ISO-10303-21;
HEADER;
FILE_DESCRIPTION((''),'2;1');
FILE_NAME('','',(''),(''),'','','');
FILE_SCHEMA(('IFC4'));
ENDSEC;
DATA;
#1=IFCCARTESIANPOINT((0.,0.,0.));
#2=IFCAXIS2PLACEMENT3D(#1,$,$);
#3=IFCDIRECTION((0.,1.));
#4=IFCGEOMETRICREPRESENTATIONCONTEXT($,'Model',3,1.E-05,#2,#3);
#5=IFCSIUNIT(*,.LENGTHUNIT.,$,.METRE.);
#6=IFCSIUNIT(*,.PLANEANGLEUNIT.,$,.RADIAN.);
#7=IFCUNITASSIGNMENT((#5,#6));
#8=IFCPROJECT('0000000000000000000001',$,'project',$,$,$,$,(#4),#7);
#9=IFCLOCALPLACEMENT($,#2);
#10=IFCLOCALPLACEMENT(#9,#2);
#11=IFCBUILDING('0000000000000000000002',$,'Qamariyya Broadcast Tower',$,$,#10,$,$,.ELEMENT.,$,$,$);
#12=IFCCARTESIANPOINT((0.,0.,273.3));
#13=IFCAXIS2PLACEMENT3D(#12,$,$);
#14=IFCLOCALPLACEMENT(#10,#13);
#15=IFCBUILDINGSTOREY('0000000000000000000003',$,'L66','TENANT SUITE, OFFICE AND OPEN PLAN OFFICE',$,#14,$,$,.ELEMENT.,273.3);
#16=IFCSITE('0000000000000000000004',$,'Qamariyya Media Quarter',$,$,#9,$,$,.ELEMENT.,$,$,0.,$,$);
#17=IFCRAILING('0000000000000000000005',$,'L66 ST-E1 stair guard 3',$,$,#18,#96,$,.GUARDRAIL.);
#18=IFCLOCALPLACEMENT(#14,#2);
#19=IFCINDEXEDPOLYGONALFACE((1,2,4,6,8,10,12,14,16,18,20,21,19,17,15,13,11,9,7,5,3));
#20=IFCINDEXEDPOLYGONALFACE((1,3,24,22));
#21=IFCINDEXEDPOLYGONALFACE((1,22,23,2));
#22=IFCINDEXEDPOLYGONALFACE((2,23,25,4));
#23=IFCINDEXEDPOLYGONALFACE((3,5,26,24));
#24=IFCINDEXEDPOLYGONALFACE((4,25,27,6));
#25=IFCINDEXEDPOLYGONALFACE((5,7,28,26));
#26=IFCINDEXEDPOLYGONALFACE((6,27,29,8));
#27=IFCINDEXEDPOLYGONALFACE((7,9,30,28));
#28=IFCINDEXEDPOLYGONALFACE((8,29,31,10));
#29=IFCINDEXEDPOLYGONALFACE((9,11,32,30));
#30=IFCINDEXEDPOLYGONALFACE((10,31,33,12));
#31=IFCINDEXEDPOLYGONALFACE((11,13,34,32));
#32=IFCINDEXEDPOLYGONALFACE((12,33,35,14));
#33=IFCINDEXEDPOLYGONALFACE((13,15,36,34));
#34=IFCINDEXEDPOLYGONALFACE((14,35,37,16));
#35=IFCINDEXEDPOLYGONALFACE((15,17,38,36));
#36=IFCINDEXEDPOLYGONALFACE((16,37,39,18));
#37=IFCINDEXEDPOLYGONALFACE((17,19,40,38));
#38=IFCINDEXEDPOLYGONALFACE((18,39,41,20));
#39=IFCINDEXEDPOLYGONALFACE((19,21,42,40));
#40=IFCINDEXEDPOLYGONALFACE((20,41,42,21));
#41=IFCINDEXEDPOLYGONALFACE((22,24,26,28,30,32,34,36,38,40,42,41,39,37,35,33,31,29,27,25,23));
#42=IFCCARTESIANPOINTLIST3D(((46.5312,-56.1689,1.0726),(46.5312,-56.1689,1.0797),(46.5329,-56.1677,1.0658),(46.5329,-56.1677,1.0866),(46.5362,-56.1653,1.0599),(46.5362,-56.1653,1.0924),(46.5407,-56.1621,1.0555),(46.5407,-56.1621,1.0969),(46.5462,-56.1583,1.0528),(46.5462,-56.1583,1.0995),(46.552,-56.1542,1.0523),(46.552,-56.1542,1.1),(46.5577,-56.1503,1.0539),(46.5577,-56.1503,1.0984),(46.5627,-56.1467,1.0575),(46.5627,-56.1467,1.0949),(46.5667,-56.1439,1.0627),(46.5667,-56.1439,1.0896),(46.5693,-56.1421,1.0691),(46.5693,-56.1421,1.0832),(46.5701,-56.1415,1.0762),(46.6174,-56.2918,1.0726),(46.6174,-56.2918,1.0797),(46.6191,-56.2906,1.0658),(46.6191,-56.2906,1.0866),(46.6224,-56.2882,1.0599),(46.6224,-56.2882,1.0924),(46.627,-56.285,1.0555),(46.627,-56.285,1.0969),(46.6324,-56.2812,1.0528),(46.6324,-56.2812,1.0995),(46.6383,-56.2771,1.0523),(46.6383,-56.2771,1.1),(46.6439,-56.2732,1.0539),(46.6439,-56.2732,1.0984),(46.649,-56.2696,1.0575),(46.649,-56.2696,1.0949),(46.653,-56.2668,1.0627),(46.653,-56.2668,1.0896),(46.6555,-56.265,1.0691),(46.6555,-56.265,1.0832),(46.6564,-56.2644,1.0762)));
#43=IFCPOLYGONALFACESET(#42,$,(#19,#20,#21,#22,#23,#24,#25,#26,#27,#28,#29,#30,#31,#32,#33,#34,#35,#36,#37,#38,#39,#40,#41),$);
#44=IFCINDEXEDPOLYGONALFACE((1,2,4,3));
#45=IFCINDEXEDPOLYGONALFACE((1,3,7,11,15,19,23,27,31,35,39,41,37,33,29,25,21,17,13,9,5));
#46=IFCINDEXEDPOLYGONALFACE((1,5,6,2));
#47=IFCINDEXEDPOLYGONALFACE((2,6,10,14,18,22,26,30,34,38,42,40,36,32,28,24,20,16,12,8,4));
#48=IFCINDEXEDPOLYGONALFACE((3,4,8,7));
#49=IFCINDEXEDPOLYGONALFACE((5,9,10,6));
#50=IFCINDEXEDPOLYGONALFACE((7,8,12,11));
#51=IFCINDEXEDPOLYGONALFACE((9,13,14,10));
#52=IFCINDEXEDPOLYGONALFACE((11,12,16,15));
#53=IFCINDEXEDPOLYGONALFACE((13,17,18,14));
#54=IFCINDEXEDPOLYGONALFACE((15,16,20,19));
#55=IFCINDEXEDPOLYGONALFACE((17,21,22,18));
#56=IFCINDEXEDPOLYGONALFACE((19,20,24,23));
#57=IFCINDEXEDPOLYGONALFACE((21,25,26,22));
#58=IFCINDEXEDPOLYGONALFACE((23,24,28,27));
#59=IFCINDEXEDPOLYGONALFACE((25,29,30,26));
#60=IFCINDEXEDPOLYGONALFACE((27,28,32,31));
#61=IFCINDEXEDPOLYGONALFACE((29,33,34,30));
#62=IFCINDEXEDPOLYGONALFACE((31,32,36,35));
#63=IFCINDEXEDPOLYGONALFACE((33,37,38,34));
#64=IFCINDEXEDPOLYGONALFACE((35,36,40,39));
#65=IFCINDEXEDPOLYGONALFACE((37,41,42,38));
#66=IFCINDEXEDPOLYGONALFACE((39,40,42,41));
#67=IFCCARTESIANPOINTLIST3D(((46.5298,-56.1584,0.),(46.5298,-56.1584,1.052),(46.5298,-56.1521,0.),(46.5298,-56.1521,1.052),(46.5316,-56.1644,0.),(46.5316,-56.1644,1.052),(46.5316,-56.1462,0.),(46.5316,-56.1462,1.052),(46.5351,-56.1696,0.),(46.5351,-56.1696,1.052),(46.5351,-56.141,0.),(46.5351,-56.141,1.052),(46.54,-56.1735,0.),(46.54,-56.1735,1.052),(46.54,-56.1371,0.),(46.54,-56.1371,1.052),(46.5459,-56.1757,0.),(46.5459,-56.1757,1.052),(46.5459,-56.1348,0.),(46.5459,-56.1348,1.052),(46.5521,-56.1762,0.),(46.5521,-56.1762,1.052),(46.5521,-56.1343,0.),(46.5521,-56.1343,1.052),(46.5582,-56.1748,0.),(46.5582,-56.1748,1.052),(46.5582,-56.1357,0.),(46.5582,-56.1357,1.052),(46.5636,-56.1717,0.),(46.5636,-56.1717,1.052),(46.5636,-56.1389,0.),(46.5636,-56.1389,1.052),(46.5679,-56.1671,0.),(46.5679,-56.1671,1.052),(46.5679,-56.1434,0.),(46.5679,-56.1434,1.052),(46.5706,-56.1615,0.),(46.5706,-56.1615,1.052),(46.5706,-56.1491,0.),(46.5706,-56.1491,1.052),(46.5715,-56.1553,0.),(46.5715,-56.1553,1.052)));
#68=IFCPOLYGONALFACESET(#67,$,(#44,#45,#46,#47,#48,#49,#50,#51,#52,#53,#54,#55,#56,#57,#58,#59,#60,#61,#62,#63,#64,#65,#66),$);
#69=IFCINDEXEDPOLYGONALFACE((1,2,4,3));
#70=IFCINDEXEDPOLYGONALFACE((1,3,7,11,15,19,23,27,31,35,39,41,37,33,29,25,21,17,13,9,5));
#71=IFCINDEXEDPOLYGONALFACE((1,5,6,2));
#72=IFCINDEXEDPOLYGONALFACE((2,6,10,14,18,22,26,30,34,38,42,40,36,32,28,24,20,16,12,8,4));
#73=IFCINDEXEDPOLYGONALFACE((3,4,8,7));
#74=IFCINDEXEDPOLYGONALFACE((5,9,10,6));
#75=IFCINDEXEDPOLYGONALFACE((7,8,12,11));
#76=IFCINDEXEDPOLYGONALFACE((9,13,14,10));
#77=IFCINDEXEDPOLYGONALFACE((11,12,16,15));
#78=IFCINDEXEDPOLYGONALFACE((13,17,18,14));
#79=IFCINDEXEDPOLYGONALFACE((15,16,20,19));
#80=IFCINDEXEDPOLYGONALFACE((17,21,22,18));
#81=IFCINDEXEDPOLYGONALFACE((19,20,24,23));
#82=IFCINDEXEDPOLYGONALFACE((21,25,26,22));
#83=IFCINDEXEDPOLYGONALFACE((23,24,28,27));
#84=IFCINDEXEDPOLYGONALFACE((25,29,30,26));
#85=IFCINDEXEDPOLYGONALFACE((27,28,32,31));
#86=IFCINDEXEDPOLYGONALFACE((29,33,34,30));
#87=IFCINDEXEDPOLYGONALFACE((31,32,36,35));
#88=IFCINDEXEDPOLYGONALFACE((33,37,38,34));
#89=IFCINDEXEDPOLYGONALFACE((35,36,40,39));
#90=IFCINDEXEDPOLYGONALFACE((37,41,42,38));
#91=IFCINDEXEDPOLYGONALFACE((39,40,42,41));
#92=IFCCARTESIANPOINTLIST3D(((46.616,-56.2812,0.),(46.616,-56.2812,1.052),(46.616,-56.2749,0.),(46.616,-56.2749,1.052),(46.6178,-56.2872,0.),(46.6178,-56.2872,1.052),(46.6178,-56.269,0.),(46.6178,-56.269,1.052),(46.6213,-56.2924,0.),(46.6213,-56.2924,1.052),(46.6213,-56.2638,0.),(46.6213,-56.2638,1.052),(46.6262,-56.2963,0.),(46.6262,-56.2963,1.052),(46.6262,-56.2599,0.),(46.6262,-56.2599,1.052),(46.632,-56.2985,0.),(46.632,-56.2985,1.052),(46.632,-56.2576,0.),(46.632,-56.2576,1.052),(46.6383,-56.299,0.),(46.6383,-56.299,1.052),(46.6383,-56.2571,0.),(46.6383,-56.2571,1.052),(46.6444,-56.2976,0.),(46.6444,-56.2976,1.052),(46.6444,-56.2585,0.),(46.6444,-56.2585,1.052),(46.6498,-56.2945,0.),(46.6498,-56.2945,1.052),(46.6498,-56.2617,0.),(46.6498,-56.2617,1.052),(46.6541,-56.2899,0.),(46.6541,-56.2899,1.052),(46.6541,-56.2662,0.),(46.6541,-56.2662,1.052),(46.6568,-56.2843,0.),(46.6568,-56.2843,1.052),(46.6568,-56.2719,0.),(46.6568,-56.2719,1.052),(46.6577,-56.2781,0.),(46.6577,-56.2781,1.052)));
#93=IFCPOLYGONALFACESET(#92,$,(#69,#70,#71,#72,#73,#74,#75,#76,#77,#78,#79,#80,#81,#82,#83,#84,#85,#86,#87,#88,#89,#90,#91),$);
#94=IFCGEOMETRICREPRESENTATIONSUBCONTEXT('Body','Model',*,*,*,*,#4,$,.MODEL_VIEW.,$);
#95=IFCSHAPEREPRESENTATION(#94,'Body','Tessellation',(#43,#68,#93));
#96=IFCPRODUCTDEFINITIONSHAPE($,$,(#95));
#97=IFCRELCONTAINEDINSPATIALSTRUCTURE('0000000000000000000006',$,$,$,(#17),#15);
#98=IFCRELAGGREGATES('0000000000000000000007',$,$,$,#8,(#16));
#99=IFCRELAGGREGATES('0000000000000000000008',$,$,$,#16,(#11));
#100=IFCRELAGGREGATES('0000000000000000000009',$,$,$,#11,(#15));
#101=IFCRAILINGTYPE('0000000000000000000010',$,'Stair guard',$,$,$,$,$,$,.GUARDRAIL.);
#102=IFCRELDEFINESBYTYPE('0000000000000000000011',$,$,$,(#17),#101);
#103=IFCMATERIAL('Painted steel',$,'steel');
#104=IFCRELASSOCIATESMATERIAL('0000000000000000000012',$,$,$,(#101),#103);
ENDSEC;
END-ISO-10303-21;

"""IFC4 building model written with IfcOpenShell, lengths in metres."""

from ifc_helpers import new_model, si_unit, direction, frame, origin, origin_2d, place, context, subcontext, project, spatial, circle, extrude, material, type_object, element, save


model = new_model("IFC4")

# Units and contexts
model_context = context("Model", 3, precision=1e-05, world=origin(), true_north=direction((0.0, 1.0)))
body_context = subcontext(model_context, "Body", "Model", "MODEL_VIEW")
ifc_project = project(units=[si_unit("LENGTHUNIT", "METRE"), si_unit("PLANEANGLEUNIT", "RADIAN")], contexts=[model_context])

# Site, building, storey
site_placement = place(None, origin())
site = spatial("IfcSite", under=ifc_project, at=site_placement, Name="Qamariyya Media Quarter", CompositionType="ELEMENT", RefElevation=0.0)
building_placement = place(site_placement, origin())
building = spatial("IfcBuilding", under=site, at=building_placement, Name="Qamariyya Broadcast Tower", CompositionType="ELEMENT")
storey_placement = place(building_placement, frame((0.0, 0.0, 273.3)))
storey = spatial("IfcBuildingStorey", under=building, at=storey_placement, Name="L66", Description="TENANT SUITE, OFFICE AND OPEN PLAN OFFICE", CompositionType="ELEMENT", Elevation=273.3)

# Railing
ifc_material_1 = material(Name="Painted steel", Category="steel")
railing_type_1 = type_object("IfcRailingType", Name="Stair guard", PredefinedType="GUARDRAIL", material=ifc_material_1)
railing_1_placement = place(storey_placement, frame((46.5505, -56.1553, 0.0)))
element("IfcRailing", 1, at=railing_1_placement, inside=storey, type_object=railing_type_1, Name="L66 ST-E1 stair guard 3", PredefinedType="GUARDRAIL", context=body_context, shape_type="SweptSolid", body=[
    extrude(circle(Radius=0.0239, at=origin_2d()), frame((0.0, 0.0, 1.0762), z_axis=(0.574445, -0.818543, 0.0), x_axis=(0.818543, 0.574445, 0.0)), (0.0, 0.0, 1.0), 0.1501),
    extrude(circle(Radius=0.021, at=origin_2d()), origin(), (0.0, 0.0, 1.0), 1.052),
    extrude(circle(Radius=0.021, at=origin_2d()), frame((0.0862, -0.1228, 0.0)), (0.0, 0.0, 1.0), 1.052),
])

save(model, "model.ifc")
